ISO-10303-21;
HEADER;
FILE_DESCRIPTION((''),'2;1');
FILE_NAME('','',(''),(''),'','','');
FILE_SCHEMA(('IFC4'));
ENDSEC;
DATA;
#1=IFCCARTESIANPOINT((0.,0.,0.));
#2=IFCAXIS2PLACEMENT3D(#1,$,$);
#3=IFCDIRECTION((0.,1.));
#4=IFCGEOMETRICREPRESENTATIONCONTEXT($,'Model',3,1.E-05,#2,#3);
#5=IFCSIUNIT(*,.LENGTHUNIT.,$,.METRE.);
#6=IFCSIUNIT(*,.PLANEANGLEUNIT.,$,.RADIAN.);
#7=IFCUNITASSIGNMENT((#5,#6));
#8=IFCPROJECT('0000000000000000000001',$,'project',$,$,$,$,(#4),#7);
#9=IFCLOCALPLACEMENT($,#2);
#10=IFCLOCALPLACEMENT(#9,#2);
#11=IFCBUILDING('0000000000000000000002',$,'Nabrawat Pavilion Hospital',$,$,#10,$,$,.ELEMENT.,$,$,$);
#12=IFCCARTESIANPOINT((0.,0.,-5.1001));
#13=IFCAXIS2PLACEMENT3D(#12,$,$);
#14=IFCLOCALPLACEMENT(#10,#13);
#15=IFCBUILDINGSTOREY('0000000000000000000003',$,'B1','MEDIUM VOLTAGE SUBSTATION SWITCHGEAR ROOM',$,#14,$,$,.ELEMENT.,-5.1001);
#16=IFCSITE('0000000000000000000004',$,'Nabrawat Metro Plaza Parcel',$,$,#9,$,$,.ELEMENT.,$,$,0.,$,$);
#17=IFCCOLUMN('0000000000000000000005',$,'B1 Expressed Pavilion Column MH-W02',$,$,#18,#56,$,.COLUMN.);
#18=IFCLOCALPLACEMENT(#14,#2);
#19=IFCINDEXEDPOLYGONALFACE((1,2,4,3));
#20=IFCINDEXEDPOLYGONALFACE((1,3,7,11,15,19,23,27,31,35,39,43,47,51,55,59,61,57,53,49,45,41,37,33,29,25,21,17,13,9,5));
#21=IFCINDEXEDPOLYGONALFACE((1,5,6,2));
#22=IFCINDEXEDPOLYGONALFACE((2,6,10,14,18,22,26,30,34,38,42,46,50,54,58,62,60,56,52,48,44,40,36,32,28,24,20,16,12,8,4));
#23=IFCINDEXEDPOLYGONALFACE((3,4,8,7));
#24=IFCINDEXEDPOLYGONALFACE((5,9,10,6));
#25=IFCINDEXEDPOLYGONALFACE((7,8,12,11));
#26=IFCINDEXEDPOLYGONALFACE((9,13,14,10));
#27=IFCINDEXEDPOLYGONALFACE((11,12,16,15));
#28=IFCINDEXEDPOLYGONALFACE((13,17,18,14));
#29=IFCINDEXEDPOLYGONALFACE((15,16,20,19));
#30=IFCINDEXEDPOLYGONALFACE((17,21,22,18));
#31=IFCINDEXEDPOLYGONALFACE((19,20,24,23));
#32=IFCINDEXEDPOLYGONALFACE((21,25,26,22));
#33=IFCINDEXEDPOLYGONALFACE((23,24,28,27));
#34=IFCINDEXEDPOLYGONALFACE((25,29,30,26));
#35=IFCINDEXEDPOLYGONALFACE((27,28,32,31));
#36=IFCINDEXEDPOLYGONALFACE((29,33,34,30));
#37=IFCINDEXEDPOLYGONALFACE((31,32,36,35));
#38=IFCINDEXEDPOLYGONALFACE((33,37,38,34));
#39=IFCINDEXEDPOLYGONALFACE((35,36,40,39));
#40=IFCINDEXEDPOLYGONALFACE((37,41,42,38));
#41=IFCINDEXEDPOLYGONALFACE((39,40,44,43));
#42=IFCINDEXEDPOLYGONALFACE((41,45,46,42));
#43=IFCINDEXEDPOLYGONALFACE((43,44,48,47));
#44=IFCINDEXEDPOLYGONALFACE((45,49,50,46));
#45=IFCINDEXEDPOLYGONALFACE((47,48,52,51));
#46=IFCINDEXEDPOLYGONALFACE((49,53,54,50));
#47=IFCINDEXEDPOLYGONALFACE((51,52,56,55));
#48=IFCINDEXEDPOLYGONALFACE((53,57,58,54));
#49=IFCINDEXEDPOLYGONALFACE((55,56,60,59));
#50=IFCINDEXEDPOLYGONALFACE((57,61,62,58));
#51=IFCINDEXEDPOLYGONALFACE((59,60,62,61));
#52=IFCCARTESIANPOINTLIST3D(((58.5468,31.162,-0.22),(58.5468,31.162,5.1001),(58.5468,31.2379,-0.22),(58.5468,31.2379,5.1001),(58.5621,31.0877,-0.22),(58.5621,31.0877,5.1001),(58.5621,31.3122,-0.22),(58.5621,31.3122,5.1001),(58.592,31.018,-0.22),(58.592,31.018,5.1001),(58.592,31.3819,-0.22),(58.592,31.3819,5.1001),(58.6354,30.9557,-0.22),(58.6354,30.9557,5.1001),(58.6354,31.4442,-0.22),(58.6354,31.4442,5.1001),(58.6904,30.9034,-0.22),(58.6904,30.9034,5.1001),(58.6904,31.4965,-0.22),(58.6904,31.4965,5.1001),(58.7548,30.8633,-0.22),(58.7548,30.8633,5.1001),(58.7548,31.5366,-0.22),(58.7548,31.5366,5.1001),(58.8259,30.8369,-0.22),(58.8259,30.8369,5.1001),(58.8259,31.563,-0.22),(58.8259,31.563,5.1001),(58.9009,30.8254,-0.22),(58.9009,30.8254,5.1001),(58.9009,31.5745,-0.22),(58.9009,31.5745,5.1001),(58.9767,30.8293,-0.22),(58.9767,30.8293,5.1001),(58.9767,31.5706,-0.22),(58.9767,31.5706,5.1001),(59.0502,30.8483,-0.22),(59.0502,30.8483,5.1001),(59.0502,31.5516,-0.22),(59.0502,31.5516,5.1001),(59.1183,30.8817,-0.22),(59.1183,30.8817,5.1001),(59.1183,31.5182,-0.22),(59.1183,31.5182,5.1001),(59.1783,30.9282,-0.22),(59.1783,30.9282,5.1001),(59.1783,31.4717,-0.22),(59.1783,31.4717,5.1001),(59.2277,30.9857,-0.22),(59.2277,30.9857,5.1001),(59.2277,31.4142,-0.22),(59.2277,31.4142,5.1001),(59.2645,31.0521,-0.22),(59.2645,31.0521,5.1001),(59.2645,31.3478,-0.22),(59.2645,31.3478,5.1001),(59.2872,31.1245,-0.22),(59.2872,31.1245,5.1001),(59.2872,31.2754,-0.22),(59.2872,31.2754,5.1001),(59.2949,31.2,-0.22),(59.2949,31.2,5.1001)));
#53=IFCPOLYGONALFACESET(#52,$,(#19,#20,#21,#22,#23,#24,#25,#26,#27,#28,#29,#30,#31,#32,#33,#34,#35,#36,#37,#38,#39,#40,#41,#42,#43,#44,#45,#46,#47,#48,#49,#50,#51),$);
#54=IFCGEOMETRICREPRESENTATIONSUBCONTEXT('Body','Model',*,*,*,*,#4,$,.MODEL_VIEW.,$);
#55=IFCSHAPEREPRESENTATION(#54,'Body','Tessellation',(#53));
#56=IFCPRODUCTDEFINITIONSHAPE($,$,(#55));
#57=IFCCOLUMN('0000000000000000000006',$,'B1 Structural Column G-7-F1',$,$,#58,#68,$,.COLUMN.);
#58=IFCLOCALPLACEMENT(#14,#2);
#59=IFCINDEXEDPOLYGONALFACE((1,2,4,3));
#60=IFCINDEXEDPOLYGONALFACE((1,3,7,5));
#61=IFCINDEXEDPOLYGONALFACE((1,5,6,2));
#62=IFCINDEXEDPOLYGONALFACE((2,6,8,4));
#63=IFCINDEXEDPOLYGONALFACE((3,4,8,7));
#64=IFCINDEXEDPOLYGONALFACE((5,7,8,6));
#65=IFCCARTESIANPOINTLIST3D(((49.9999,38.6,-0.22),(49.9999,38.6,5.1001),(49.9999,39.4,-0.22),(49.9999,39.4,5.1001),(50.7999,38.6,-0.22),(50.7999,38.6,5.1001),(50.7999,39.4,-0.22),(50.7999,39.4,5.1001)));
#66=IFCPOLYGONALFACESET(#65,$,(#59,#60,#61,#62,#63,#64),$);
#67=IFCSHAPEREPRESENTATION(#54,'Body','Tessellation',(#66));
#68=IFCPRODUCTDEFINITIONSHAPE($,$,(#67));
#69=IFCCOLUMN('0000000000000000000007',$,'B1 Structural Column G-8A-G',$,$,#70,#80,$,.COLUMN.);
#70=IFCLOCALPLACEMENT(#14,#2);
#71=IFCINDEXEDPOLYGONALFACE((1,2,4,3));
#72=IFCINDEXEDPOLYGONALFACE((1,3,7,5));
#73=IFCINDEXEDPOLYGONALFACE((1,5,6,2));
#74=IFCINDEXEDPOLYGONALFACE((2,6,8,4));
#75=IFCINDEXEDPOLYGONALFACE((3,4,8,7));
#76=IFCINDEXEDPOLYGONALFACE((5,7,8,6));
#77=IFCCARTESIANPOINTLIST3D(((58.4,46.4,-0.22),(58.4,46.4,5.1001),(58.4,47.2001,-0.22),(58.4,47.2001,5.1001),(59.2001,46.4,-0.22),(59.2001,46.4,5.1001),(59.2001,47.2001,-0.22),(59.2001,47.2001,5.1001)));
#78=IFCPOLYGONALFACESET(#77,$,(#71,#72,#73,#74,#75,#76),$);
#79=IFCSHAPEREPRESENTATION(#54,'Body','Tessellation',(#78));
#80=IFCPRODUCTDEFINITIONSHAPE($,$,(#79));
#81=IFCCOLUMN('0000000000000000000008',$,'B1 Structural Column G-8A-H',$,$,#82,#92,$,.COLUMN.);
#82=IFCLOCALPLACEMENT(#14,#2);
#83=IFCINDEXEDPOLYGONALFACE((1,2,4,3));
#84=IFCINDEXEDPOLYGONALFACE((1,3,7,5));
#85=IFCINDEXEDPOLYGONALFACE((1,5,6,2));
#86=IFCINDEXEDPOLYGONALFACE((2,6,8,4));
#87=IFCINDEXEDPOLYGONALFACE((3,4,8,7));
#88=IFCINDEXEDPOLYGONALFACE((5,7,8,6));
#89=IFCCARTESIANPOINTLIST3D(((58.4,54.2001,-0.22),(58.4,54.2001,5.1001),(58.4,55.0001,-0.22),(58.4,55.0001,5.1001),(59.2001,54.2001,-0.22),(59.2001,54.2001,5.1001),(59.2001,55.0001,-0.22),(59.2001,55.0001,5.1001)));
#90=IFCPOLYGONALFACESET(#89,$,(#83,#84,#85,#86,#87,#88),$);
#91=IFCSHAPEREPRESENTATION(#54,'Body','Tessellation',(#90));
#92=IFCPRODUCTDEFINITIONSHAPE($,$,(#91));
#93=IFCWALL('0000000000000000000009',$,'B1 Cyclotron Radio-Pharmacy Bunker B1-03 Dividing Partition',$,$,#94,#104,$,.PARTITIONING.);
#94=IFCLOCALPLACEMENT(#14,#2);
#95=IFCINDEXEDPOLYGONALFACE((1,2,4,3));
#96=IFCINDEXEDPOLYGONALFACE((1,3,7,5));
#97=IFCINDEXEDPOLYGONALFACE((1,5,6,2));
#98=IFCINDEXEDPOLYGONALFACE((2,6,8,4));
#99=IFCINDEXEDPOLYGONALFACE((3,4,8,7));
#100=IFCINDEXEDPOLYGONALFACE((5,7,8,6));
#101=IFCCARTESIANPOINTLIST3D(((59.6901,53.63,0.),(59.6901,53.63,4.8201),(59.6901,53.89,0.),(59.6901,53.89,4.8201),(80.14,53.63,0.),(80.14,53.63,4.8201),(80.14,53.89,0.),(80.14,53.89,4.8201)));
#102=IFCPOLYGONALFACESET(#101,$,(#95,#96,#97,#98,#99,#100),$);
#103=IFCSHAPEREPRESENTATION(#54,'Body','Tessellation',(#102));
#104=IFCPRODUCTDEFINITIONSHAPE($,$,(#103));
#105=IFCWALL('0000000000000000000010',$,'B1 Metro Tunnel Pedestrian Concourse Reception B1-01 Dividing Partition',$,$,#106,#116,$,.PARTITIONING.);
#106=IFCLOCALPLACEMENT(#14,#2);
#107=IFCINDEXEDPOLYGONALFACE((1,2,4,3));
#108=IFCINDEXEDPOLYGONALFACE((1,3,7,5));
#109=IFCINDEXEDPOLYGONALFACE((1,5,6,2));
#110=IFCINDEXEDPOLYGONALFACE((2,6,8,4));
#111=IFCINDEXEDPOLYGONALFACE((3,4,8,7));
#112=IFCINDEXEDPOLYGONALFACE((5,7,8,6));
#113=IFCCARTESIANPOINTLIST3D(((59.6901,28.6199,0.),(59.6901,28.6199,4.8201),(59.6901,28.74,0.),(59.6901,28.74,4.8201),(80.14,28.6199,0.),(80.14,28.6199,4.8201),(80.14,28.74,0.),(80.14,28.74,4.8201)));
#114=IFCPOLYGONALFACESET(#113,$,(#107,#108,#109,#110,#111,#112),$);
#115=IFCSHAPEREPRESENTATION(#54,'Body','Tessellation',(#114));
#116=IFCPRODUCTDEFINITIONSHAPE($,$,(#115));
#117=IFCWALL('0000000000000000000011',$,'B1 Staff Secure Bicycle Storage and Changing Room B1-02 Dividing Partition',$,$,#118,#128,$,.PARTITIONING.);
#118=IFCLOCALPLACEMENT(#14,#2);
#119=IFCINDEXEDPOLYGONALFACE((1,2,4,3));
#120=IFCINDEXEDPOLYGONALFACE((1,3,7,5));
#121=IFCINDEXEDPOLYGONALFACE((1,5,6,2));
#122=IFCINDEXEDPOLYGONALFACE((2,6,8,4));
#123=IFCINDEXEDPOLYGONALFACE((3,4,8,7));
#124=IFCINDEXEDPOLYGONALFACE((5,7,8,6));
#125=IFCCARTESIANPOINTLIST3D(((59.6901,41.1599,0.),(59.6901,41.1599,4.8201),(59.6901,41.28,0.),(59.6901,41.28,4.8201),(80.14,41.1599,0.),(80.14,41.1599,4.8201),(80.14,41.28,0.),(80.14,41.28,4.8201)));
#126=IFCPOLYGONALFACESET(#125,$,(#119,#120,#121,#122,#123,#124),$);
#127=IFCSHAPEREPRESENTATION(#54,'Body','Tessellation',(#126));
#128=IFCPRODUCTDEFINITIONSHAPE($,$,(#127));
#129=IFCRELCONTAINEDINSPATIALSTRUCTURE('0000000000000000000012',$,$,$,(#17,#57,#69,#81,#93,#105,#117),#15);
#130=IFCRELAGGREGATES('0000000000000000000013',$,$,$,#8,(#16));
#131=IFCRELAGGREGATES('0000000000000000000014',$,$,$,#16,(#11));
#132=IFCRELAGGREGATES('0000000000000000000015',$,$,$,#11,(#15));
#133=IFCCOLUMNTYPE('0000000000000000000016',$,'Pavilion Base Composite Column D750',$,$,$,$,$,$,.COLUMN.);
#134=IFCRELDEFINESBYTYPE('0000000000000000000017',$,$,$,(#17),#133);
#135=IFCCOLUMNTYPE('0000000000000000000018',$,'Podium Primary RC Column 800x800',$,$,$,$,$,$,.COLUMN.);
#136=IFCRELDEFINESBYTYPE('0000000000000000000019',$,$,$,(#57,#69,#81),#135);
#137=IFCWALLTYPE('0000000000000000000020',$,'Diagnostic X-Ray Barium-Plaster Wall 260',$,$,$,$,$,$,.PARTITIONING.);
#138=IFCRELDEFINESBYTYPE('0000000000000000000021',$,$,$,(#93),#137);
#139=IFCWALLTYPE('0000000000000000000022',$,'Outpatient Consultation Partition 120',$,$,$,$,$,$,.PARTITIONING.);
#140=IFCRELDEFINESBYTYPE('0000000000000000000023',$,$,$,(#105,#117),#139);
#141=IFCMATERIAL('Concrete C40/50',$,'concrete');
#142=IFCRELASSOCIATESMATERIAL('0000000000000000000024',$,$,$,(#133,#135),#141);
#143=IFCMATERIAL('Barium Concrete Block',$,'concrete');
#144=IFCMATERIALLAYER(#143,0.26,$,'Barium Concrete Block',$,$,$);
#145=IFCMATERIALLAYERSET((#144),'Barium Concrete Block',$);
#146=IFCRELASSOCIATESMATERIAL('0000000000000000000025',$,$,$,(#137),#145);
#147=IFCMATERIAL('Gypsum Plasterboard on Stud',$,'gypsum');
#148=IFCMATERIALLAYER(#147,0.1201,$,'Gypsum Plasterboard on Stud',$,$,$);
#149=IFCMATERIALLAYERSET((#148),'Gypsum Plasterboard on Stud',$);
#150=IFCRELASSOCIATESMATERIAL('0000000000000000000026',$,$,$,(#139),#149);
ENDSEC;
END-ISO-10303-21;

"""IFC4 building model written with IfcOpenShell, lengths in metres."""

from ifc_helpers import new_model, si_unit, direction, frame, frame_2d, origin, origin_2d, place, context, subcontext, project, spatial, rectangle, circle, extrude, material, layer, layer_set, material_profile, profile_set, type_object, element, save


model = new_model("IFC4")

# Units and contexts
model_context = context("Model", 3, precision=1e-05, world=origin(), true_north=direction((0.0, 1.0)))
body_context = subcontext(model_context, "Body", "Model", "MODEL_VIEW")
ifc_project = project(units=[si_unit("LENGTHUNIT", "METRE"), si_unit("PLANEANGLEUNIT", "RADIAN")], contexts=[model_context])

# Site, building, storey
site_placement = place(None, origin())
site = spatial("IfcSite", under=ifc_project, at=site_placement, Name="Nabrawat Metro Plaza Parcel", CompositionType="ELEMENT", RefElevation=0.0)
building_placement = place(site_placement, origin())
building = spatial("IfcBuilding", under=site, at=building_placement, Name="Nabrawat Pavilion Hospital", CompositionType="ELEMENT")
storey_placement = place(building_placement, frame((0.0, 0.0, -5.1001)))
storey = spatial("IfcBuildingStorey", under=building, at=storey_placement, Name="B1", Description="MEDIUM VOLTAGE SUBSTATION SWITCHGEAR ROOM", CompositionType="ELEMENT", Elevation=-5.1001)

# Columns
ifc_material_1 = material(Name="Concrete C40/50", Category="concrete")
ifc_material_profile_1 = material_profile(ifc_material_1, circle(Radius=0.375, at=origin_2d()), Name="RC D750")
ifc_profile_set_1 = profile_set([ifc_material_profile_1], Name="Concrete C40/50")
column_type_1 = type_object("IfcColumnType", Name="Pavilion Base Composite Column D750", PredefinedType="COLUMN", material=ifc_profile_set_1)
for number, where, z_axis, x_axis, name in (
    (1, (58.9199, 31.2, -0.22), (0.0, 0.0, 1.0), (1.0, 0.0, 0.0), "B1 Expressed Pavilion Column MH-W02"),
):
    element("IfcColumn", number, at=place(storey_placement, frame(where, z_axis=z_axis, x_axis=x_axis)), inside=storey, type_object=column_type_1, Name=name, PredefinedType="COLUMN", context=body_context, shape_type="SweptSolid", body=[
        extrude(circle(Radius=0.375, at=origin_2d()), origin(), (0.0, 0.0, 1.0), 5.3201),
    ])
ifc_material_profile_2 = material_profile(ifc_material_1, rectangle(XDim=0.8, YDim=0.8, at=origin_2d()), Name="RC 800x800")
ifc_profile_set_2 = profile_set([ifc_material_profile_2], Name="Concrete C40/50")
column_type_2 = type_object("IfcColumnType", Name="Podium Primary RC Column 800x800", PredefinedType="COLUMN", material=ifc_profile_set_2)
for number, where, z_axis, x_axis, name in (
    (2, (50.3999, 39.0, -0.22), (0.0, 0.0, 1.0), (1.0, 0.0, 0.0), "B1 Structural Column G-7-F1"),
    (3, (58.8, 46.8, -0.22), (0.0, 0.0, 1.0), (1.0, 0.0, 0.0), "B1 Structural Column G-8A-G"),
    (4, (58.8, 54.6001, -0.22), (0.0, 0.0, 1.0), (1.0, 0.0, 0.0), "B1 Structural Column G-8A-H"),
):
    element("IfcColumn", number, at=place(storey_placement, frame(where, z_axis=z_axis, x_axis=x_axis)), inside=storey, type_object=column_type_2, Name=name, PredefinedType="COLUMN", context=body_context, shape_type="SweptSolid", body=[
        extrude(rectangle(XDim=0.8, YDim=0.8, at=origin_2d()), origin(), (0.0, 0.0, 1.0), 5.3201),
    ])

# Walls
ifc_material_2 = material(Name="Barium Concrete Block", Category="concrete")
ifc_layer_1 = layer(ifc_material_2, 0.26, Name="Barium Concrete Block")
ifc_layer_set_1 = layer_set([ifc_layer_1], Name="Barium Concrete Block")
wall_type_1 = type_object("IfcWallType", Name="Diagnostic X-Ray Barium-Plaster Wall 260", PredefinedType="PARTITIONING", material=ifc_layer_set_1)
wall_placement = place(storey_placement, frame((59.6899, 53.76, 0.0), z_axis=(0.0, 0.0, 1.0), x_axis=(1.0, 0.0, 0.0)))
element("IfcWall", 5, at=wall_placement, inside=storey, type_object=wall_type_1, Name="B1 Cyclotron Radio-Pharmacy Bunker B1-03 Dividing Partition", PredefinedType="PARTITIONING", context=body_context, shape_type="SweptSolid", body=[
    extrude(rectangle(XDim=20.45, YDim=0.26, at=frame_2d((10.2251, 0.0))), origin(), (0.0, 0.0, 1.0), 4.8201),
])
ifc_material_3 = material(Name="Gypsum Plasterboard on Stud", Category="gypsum")
ifc_layer_2 = layer(ifc_material_3, 0.1201, Name="Gypsum Plasterboard on Stud")
ifc_layer_set_2 = layer_set([ifc_layer_2], Name="Gypsum Plasterboard on Stud")
wall_type_2 = type_object("IfcWallType", Name="Outpatient Consultation Partition 120", PredefinedType="PARTITIONING", material=ifc_layer_set_2)
for number, where, z_axis, x_axis, name in (
    (6, (59.6899, 28.6799, 0.0), (0.0, 0.0, 1.0), (1.0, 0.0, 0.0), "B1 Metro Tunnel Pedestrian Concourse Reception B1-01 Dividing Partition"),
    (7, (59.6899, 41.22, 0.0), (0.0, 0.0, 1.0), (1.0, 0.0, 0.0), "B1 Staff Secure Bicycle Storage and Changing Room B1-02 Dividing Partition"),
):
    element("IfcWall", number, at=place(storey_placement, frame(where, z_axis=z_axis, x_axis=x_axis)), inside=storey, type_object=wall_type_2, Name=name, PredefinedType="PARTITIONING", context=body_context, shape_type="SweptSolid", body=[
        extrude(rectangle(XDim=20.45, YDim=0.1201, at=frame_2d((10.2251, 0.0))), origin(), (0.0, 0.0, 1.0), 4.8201),
    ])

save(model, "model.ifc")
